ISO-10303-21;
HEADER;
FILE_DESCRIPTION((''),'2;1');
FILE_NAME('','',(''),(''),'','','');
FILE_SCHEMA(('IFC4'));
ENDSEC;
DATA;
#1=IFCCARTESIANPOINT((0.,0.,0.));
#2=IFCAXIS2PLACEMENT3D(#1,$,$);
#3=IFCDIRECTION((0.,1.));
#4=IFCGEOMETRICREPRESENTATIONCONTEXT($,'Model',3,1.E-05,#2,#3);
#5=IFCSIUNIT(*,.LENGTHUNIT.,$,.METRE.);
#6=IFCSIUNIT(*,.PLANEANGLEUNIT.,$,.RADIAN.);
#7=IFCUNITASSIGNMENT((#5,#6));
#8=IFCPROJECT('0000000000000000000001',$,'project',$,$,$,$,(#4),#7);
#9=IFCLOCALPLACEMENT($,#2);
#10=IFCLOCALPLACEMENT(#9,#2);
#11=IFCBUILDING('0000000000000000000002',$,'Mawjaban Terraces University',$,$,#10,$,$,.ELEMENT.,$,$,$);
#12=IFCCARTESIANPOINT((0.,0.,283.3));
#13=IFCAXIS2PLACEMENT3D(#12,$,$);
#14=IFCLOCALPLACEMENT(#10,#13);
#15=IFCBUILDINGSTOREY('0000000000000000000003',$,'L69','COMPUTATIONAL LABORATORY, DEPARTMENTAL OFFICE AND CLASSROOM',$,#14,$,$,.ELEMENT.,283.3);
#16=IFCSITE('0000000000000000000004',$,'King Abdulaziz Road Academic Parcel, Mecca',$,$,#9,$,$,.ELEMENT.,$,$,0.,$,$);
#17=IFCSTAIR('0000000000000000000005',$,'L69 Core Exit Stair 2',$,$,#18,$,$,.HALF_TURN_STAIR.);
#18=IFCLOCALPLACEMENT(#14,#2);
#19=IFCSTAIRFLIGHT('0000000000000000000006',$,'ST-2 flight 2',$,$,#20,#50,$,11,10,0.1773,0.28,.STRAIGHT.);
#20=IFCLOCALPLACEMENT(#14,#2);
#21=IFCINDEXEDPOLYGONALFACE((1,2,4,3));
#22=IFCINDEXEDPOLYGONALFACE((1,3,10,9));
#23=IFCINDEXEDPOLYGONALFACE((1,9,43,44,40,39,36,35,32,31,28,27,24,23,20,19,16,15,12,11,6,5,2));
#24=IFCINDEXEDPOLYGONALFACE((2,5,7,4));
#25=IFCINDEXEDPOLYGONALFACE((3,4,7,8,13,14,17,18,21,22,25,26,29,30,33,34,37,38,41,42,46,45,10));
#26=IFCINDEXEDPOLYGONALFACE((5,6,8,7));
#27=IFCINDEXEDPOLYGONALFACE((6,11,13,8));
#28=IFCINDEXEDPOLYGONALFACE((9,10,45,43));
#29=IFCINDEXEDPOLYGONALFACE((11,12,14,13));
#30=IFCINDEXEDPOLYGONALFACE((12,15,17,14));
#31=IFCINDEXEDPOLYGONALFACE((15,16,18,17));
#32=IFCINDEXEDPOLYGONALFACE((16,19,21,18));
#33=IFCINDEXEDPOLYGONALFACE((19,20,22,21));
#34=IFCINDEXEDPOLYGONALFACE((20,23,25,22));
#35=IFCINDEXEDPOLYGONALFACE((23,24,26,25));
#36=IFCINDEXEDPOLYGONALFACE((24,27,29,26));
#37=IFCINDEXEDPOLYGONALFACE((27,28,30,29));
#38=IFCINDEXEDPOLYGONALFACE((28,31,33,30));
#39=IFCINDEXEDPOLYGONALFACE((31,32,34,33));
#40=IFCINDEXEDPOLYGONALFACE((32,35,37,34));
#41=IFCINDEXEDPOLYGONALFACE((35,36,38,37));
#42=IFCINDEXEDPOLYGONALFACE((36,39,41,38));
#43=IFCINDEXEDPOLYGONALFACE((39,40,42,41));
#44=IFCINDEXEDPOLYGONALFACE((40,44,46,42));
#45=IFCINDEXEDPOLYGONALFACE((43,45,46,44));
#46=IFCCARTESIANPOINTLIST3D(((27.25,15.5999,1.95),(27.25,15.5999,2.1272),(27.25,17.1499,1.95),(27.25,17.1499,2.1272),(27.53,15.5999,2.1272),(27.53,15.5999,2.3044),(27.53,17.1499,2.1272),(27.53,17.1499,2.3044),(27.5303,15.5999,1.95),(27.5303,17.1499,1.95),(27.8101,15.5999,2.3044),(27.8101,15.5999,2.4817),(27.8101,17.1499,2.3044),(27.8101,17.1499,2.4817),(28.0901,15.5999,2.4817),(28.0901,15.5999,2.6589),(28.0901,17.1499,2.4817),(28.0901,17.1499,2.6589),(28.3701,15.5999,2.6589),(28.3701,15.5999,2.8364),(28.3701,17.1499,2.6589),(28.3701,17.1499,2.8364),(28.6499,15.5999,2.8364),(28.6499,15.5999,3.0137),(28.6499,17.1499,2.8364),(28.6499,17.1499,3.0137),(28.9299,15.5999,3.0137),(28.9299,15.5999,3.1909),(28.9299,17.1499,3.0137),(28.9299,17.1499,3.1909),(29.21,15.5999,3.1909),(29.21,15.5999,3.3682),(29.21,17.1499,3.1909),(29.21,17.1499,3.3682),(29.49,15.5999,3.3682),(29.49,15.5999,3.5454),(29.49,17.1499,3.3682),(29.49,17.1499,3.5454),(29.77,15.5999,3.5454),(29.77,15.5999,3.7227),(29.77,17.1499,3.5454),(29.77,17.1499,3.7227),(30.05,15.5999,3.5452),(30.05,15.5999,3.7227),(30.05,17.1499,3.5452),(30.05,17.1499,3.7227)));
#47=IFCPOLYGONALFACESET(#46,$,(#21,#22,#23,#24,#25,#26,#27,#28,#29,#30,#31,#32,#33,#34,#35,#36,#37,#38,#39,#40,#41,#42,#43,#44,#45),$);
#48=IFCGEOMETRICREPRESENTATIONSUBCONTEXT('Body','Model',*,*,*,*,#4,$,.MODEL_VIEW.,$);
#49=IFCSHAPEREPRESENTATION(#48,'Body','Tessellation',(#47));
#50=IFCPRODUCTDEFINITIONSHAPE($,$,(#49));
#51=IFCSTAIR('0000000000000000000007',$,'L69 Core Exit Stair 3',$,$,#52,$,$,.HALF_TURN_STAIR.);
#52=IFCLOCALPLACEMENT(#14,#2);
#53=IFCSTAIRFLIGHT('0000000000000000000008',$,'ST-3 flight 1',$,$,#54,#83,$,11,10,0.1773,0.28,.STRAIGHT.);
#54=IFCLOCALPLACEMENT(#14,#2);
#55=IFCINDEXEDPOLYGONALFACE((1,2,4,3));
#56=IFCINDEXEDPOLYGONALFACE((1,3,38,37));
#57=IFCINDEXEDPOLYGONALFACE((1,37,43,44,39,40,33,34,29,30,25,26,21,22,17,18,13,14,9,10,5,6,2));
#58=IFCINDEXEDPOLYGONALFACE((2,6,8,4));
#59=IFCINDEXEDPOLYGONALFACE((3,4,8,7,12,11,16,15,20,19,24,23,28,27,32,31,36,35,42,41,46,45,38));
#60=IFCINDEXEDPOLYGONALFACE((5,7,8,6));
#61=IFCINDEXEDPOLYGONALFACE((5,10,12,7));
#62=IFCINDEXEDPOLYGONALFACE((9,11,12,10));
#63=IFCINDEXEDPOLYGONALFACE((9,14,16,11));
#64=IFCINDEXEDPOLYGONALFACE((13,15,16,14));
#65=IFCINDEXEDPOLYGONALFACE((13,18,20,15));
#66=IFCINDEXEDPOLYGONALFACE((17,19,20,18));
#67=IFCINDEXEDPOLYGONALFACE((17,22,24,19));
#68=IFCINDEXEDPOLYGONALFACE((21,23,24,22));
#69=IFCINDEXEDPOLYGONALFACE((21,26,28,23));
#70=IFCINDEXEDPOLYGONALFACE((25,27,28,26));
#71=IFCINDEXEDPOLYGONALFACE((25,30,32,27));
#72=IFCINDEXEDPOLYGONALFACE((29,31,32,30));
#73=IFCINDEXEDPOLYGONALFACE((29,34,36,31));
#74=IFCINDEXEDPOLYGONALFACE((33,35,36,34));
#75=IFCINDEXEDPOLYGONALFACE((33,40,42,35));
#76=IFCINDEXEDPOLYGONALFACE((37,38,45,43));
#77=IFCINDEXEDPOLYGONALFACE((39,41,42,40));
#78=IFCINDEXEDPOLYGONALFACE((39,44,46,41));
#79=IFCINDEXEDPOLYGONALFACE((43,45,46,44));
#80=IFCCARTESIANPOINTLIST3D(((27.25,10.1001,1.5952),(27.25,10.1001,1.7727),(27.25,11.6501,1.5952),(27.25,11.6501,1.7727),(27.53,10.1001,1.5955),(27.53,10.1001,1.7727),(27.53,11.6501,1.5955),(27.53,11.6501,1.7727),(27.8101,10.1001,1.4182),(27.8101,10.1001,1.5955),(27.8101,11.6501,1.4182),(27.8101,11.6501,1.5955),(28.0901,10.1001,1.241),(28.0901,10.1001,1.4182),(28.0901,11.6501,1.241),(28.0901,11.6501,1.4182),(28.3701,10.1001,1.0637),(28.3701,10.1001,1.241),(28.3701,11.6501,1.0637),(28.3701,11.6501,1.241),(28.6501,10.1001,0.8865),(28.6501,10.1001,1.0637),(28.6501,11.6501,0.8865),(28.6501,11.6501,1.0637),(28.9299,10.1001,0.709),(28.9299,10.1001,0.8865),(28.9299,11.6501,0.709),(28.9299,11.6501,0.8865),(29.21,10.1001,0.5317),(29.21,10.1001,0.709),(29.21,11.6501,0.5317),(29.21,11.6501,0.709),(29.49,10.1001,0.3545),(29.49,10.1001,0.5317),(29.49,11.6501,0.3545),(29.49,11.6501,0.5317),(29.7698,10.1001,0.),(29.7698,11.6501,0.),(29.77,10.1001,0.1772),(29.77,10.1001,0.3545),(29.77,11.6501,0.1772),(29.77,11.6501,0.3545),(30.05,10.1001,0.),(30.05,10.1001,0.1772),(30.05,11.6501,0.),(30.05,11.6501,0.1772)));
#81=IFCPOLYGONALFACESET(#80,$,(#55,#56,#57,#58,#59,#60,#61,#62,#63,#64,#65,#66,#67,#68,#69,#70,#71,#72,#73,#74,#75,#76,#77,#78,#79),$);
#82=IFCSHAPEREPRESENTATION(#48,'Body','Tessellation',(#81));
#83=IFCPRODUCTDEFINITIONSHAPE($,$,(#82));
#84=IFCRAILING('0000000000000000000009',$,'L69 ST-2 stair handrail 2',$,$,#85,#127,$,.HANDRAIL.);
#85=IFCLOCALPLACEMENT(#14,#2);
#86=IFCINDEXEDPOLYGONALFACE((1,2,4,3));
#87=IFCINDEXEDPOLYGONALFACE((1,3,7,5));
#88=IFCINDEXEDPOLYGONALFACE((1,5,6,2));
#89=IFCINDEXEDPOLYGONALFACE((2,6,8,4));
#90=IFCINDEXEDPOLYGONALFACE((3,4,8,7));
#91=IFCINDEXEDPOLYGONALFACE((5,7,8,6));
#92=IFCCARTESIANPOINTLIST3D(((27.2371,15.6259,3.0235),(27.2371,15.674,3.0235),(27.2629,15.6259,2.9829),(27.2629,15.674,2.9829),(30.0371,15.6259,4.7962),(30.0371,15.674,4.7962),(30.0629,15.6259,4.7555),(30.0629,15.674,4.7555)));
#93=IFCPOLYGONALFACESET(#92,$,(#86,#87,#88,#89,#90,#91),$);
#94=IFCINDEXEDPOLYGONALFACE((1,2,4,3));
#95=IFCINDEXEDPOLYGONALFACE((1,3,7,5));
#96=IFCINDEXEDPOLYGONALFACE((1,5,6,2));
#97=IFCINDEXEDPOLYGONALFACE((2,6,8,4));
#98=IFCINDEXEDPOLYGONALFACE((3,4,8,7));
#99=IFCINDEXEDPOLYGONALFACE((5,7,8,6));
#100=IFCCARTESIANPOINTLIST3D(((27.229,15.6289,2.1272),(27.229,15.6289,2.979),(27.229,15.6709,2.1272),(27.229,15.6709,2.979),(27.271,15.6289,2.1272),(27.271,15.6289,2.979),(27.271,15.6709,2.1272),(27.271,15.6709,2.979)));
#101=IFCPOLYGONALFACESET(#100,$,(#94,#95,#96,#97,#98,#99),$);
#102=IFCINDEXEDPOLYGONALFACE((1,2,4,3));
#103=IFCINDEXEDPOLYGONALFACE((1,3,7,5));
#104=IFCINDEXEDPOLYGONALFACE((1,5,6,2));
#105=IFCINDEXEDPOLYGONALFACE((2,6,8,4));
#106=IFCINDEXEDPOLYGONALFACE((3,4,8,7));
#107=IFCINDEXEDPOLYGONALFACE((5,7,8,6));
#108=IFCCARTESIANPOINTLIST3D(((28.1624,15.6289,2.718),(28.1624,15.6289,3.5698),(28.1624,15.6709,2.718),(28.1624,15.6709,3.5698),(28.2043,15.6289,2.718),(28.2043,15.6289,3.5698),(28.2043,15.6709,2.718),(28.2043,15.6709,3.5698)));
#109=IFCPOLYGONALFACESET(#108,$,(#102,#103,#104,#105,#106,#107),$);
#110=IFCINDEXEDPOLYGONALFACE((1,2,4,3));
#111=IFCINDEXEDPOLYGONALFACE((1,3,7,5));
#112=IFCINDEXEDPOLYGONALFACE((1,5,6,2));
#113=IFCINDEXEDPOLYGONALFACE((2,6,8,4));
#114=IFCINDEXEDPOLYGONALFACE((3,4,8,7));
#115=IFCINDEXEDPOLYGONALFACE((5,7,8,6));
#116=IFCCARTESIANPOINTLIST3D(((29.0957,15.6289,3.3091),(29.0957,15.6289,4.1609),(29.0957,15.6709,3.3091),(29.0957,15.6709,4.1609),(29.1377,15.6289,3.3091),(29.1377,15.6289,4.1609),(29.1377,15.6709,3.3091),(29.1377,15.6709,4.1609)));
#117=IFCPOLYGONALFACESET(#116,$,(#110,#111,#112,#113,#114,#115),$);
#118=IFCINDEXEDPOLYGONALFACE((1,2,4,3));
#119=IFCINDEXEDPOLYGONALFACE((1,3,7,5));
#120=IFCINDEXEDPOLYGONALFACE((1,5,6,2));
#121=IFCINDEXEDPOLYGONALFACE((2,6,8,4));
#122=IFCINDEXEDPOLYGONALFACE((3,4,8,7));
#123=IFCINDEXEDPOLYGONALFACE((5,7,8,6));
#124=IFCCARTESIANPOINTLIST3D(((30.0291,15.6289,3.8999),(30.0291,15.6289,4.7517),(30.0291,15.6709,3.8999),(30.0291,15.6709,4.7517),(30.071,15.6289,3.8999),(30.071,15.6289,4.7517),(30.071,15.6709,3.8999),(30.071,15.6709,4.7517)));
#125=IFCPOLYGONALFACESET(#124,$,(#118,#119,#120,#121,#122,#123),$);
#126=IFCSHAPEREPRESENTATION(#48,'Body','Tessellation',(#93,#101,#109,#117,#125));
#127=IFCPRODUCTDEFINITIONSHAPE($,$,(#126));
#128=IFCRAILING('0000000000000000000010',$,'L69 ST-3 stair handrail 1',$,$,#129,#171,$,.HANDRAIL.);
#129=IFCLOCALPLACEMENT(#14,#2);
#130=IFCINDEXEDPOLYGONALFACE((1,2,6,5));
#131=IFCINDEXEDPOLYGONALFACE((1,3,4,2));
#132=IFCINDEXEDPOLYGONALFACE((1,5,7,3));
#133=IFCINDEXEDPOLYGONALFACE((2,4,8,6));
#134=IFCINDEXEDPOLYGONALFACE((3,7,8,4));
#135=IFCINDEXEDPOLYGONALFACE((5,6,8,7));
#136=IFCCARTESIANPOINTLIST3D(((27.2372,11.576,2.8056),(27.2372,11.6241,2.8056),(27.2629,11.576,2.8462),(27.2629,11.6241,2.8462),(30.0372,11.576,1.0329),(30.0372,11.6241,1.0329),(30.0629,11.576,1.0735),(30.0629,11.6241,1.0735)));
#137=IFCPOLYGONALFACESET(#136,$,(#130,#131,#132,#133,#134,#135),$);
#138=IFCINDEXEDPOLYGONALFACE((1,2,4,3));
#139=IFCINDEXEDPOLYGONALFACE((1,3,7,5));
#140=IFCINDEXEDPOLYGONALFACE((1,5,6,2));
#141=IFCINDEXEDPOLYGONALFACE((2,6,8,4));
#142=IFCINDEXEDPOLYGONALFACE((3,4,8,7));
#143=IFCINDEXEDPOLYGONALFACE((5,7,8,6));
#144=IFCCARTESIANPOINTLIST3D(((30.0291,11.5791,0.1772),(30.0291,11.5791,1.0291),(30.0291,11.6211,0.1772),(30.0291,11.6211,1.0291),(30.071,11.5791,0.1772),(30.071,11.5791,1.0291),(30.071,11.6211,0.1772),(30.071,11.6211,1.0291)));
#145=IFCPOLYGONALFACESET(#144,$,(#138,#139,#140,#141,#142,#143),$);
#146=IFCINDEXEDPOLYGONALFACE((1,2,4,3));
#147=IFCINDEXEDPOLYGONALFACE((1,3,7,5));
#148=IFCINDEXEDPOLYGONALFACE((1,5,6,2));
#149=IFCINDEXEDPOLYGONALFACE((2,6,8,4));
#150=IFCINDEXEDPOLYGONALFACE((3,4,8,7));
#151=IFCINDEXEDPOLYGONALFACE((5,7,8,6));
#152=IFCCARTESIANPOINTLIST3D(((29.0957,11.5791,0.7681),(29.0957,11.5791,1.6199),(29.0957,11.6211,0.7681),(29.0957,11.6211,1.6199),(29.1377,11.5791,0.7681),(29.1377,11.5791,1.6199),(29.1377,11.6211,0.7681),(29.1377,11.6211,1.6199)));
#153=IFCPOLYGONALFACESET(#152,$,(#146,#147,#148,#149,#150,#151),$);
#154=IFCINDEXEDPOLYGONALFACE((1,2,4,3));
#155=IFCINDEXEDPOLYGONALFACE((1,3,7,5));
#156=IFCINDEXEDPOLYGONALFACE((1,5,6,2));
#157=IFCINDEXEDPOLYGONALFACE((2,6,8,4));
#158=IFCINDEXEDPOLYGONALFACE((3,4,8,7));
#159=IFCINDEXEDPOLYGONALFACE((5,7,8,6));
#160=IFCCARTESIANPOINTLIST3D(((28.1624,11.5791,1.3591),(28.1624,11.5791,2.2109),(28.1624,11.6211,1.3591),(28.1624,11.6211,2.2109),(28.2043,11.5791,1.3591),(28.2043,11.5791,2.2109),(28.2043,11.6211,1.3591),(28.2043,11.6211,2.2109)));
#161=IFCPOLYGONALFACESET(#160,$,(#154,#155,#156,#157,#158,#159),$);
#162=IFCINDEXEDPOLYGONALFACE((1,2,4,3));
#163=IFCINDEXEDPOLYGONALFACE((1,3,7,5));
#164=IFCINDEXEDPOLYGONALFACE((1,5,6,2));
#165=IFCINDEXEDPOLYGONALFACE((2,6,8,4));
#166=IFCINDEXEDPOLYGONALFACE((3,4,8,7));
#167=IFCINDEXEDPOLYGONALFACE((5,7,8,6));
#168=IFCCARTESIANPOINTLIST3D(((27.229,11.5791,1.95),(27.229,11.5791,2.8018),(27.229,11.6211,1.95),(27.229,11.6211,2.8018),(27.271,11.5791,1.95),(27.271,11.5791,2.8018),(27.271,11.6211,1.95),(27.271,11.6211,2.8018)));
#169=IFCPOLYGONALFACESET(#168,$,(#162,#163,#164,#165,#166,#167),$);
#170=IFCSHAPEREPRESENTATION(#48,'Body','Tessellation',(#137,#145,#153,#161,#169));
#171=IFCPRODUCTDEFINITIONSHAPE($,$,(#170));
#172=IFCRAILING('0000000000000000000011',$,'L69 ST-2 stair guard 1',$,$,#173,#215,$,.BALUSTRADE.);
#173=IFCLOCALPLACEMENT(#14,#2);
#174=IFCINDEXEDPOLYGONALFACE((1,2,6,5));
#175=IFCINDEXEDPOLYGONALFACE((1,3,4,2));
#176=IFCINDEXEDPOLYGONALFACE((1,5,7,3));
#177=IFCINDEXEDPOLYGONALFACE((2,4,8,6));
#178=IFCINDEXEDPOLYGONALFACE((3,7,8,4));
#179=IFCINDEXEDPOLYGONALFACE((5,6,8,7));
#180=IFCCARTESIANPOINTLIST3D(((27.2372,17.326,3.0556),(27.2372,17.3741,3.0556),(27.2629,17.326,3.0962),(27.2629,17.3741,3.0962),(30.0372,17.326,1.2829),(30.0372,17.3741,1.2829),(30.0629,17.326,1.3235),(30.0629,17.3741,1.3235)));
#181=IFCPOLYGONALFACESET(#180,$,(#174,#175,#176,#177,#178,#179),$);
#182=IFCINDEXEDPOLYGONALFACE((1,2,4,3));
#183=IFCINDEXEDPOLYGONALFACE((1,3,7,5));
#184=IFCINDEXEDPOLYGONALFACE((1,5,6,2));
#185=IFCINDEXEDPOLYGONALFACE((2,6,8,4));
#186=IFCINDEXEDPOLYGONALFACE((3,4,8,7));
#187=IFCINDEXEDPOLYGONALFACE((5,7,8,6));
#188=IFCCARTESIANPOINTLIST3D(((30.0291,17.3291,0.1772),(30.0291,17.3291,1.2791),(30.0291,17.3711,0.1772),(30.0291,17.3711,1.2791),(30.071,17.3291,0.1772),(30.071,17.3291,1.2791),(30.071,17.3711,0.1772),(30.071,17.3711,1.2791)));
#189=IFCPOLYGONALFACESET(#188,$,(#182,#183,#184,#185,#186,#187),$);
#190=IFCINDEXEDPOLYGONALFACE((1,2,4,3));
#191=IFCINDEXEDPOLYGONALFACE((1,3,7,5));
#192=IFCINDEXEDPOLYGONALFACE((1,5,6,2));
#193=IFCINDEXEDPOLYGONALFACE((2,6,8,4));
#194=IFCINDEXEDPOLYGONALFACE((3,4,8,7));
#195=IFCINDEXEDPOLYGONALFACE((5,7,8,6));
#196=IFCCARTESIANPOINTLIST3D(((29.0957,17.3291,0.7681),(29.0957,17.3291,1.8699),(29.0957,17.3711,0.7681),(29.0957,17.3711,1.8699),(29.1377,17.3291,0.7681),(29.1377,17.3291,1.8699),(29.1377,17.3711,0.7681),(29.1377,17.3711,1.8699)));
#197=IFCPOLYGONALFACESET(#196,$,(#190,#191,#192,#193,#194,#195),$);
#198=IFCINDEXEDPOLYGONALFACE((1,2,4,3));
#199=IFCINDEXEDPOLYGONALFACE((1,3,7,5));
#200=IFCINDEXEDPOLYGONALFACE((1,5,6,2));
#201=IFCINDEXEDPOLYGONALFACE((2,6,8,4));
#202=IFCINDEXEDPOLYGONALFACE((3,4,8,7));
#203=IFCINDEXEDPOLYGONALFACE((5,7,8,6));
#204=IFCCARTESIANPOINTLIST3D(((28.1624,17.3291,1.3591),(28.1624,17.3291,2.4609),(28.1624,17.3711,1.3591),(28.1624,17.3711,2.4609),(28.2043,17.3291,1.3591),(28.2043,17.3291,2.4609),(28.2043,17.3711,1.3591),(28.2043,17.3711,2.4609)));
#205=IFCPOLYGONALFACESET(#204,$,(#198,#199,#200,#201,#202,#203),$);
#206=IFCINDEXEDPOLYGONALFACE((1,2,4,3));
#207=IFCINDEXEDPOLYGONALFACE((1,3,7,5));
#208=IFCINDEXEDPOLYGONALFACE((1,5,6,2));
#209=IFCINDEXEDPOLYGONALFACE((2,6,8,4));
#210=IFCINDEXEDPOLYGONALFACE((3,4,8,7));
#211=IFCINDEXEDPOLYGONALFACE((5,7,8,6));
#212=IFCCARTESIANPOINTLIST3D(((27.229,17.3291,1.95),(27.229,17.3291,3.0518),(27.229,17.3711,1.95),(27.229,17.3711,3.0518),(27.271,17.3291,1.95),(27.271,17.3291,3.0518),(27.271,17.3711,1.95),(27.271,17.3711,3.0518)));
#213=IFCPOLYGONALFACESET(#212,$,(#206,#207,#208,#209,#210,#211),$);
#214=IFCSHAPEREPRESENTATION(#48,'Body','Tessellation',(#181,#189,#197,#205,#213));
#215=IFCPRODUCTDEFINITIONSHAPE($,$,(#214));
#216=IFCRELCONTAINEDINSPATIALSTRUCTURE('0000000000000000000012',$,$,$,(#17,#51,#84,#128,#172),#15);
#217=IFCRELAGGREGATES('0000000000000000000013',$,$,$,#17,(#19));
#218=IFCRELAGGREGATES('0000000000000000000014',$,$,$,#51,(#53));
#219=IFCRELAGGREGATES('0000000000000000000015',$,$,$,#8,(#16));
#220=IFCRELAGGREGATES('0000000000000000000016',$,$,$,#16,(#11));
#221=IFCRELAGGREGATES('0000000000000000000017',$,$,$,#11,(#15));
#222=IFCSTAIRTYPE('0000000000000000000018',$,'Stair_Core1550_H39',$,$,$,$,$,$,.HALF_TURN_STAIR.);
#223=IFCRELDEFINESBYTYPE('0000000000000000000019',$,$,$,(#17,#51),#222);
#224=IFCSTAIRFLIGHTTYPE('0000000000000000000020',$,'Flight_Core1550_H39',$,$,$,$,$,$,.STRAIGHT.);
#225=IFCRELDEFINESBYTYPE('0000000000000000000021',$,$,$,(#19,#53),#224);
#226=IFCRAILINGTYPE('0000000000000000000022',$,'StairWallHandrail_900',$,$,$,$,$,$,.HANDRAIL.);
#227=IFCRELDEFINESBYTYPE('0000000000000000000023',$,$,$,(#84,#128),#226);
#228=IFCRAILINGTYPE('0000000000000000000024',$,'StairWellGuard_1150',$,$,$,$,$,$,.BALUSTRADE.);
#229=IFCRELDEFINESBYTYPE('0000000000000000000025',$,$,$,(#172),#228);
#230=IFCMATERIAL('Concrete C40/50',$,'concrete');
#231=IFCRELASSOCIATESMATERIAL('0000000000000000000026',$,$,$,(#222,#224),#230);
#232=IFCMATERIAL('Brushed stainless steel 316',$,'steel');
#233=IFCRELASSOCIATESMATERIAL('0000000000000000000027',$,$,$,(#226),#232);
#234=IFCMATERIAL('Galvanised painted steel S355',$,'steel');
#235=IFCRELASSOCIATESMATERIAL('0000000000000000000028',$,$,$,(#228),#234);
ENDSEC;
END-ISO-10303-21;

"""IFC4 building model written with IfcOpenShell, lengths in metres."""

from ifc_helpers import new_model, si_unit, direction, frame, origin, origin_2d, place, context, subcontext, project, spatial, polyline, rectangle, outline, extrude, material, type_object, element, aggregate, save


model = new_model("IFC4")

# Units and contexts
model_context = context("Model", 3, precision=1e-05, world=origin(), true_north=direction((0.0, 1.0)))
body_context = subcontext(model_context, "Body", "Model", "MODEL_VIEW")
ifc_project = project(units=[si_unit("LENGTHUNIT", "METRE"), si_unit("PLANEANGLEUNIT", "RADIAN")], contexts=[model_context])

# Site, building, storey
site_placement = place(None, origin())
site = spatial("IfcSite", under=ifc_project, at=site_placement, Name="King Abdulaziz Road Academic Parcel, Mecca", CompositionType="ELEMENT", RefElevation=0.0)
building_placement = place(site_placement, origin())
building = spatial("IfcBuilding", under=site, at=building_placement, Name="Mawjaban Terraces University", CompositionType="ELEMENT")
storey_placement = place(building_placement, frame((0.0, 0.0, 283.3)))
storey = spatial("IfcBuildingStorey", under=building, at=storey_placement, Name="L69", Description="COMPUTATIONAL LABORATORY, DEPARTMENTAL OFFICE AND CLASSROOM", CompositionType="ELEMENT", Elevation=283.3)

# Shared definitions
ifc_material_1 = material(Name="Concrete C40/50", Category="concrete")

# Stairs, stair flights
stair_type = type_object("IfcStairType", Name="Stair_Core1550_H39", PredefinedType="HALF_TURN_STAIR", material=ifc_material_1)
stair_1_placement = place(storey_placement, origin())
stair_1 = element("IfcStair", 1, at=stair_1_placement, inside=storey, type_object=stair_type, Name="L69 Core Exit Stair 2", PredefinedType="HALF_TURN_STAIR")
stair_flight_type = type_object("IfcStairFlightType", Name="Flight_Core1550_H39", PredefinedType="STRAIGHT", material=ifc_material_1)
stair_flight_1_placement = place(storey_placement, frame((27.25, 16.375, 1.95), z_axis=(0.0, 0.0, 1.0), x_axis=(1.0, 0.0, 0.0)))
stair_flight_1 = element("IfcStairFlight", 2, at=stair_flight_1_placement, type_object=stair_flight_type, Name="ST-2 flight 2", NumberOfRisers=11, NumberOfTreads=10, PredefinedType="STRAIGHT", RiserHeight=0.1773, TreadLength=0.28, context=body_context, shape_type="SweptSolid", body=[
    extrude(outline(polyline([(0.0, 0.0), (0.0, 0.1772), (0.28, 0.1772), (0.28, 0.3545), (0.5601, 0.3545), (0.5601, 0.5317), (0.8401, 0.5317), (0.8401, 0.709), (1.1201, 0.709), (1.1201, 0.8865), (1.3999, 0.8865), (1.3999, 1.0637), (1.6799, 1.0637), (1.6799, 1.241), (1.96, 1.241), (1.96, 1.4182), (2.24, 1.4182), (2.24, 1.5955), (2.52, 1.5955), (2.52, 1.7727), (2.8, 1.7727), (2.8, 1.95), (2.8, 1.5952), (0.2803, 0.0), (0.0, 0.0)])), frame((0.0, 0.7749, 0.0), z_axis=(0.0, -1.0, 0.0), x_axis=(1.0, 0.0, 0.0)), (0.0, 0.0, 1.0), 1.55),
])
aggregate(stair_1, [stair_flight_1])
stair_2_placement = place(storey_placement, origin())
stair_2 = element("IfcStair", 3, at=stair_2_placement, inside=storey, type_object=stair_type, Name="L69 Core Exit Stair 3", PredefinedType="HALF_TURN_STAIR")
stair_flight_2_placement = place(storey_placement, frame((30.05, 10.875, 0.0), z_axis=(0.0, 0.0, 1.0), x_axis=(-1.0, 0.0, 0.0)))
stair_flight_2 = element("IfcStairFlight", 4, at=stair_flight_2_placement, type_object=stair_flight_type, Name="ST-3 flight 1", NumberOfRisers=11, NumberOfTreads=10, PredefinedType="STRAIGHT", RiserHeight=0.1773, TreadLength=0.28, context=body_context, shape_type="SweptSolid", body=[
    extrude(outline(polyline([(0.0, 0.0), (0.0, 0.1772), (0.28, 0.1772), (0.28, 0.3545), (0.5601, 0.3545), (0.5601, 0.5317), (0.8401, 0.5317), (0.8401, 0.709), (1.1201, 0.709), (1.1201, 0.8865), (1.3999, 0.8865), (1.3999, 1.0637), (1.6799, 1.0637), (1.6799, 1.241), (1.96, 1.241), (1.96, 1.4182), (2.24, 1.4182), (2.24, 1.5955), (2.52, 1.5955), (2.52, 1.7727), (2.8, 1.7727), (2.8, 1.95), (2.8, 1.5952), (0.2803, 0.0), (0.0, 0.0)])), frame((0.0, 0.7749, 0.0), z_axis=(0.0, -1.0, 0.0), x_axis=(1.0, 0.0, 0.0)), (0.0, 0.0, 1.0), 1.55),
])
aggregate(stair_2, [stair_flight_2])

# Railings
ifc_material_2 = material(Name="Brushed stainless steel 316", Category="steel")
railing_type_1 = type_object("IfcRailingType", Name="StairWallHandrail_900", PredefinedType="HANDRAIL", material=ifc_material_2)
railing_1_placement = place(storey_placement, frame((27.25, 15.6499, 2.1272)))
element("IfcRailing", 5, at=railing_1_placement, inside=storey, type_object=railing_type_1, Name="L69 ST-2 stair handrail 2", PredefinedType="HANDRAIL", context=body_context, shape_type="SweptSolid", body=[
    extrude(rectangle(XDim=0.0481, YDim=0.0481, at=origin_2d()), frame((0.0, 0.0, 0.876), z_axis=(0.844909, 0.0, 0.53491), x_axis=(0.0, 1.0, 0.0)), (0.0, 0.0, 1.0), 3.314),
    extrude(rectangle(XDim=0.042, YDim=0.042, at=origin_2d()), origin(), (0.0, 0.0, 1.0), 0.8518),
    extrude(rectangle(XDim=0.042, YDim=0.042, at=origin_2d()), frame((0.9333, 0.0, 0.5908)), (0.0, 0.0, 1.0), 0.8518),
    extrude(rectangle(XDim=0.042, YDim=0.042, at=origin_2d()), frame((1.8667, 0.0, 1.1819)), (0.0, 0.0, 1.0), 0.8518),
    extrude(rectangle(XDim=0.042, YDim=0.042, at=origin_2d()), frame((2.8, 0.0, 1.7727)), (0.0, 0.0, 1.0), 0.8518),
])
railing_2_placement = place(storey_placement, frame((30.05, 11.6001, 0.1772)))
element("IfcRailing", 6, at=railing_2_placement, inside=storey, type_object=railing_type_1, Name="L69 ST-3 stair handrail 1", PredefinedType="HANDRAIL", context=body_context, shape_type="SweptSolid", body=[
    extrude(rectangle(XDim=0.0481, YDim=0.0481, at=origin_2d()), frame((0.0, 0.0, 0.876), z_axis=(-0.844909, 0.0, 0.53491), x_axis=(0.0, -1.0, 0.0)), (0.0, 0.0, 1.0), 3.314),
    extrude(rectangle(XDim=0.042, YDim=0.042, at=origin_2d()), origin(), (0.0, 0.0, 1.0), 0.8518),
    extrude(rectangle(XDim=0.042, YDim=0.042, at=origin_2d()), frame((-0.9333, 0.0, 0.5908)), (0.0, 0.0, 1.0), 0.8518),
    extrude(rectangle(XDim=0.042, YDim=0.042, at=origin_2d()), frame((-1.8667, 0.0, 1.1819)), (0.0, 0.0, 1.0), 0.8518),
    extrude(rectangle(XDim=0.042, YDim=0.042, at=origin_2d()), frame((-2.8, 0.0, 1.7727)), (0.0, 0.0, 1.0), 0.8518),
])
ifc_material_3 = material(Name="Galvanised painted steel S355", Category="steel")
railing_type_2 = type_object("IfcRailingType", Name="StairWellGuard_1150", PredefinedType="BALUSTRADE", material=ifc_material_3)
railing_3_placement = place(storey_placement, frame((30.05, 17.3501, 0.1772)))
element("IfcRailing", 7, at=railing_3_placement, inside=storey, type_object=railing_type_2, Name="L69 ST-2 stair guard 1", PredefinedType="BALUSTRADE", context=body_context, shape_type="SweptSolid", body=[
    extrude(rectangle(XDim=0.0481, YDim=0.0481, at=origin_2d()), frame((0.0, 0.0, 1.126), z_axis=(-0.844909, 0.0, 0.53491), x_axis=(0.0, -1.0, 0.0)), (0.0, 0.0, 1.0), 3.314),
    extrude(rectangle(XDim=0.042, YDim=0.042, at=origin_2d()), origin(), (0.0, 0.0, 1.0), 1.1018),
    extrude(rectangle(XDim=0.042, YDim=0.042, at=origin_2d()), frame((-0.9333, 0.0, 0.5908)), (0.0, 0.0, 1.0), 1.1018),
    extrude(rectangle(XDim=0.042, YDim=0.042, at=origin_2d()), frame((-1.8667, 0.0, 1.1819)), (0.0, 0.0, 1.0), 1.1018),
    extrude(rectangle(XDim=0.042, YDim=0.042, at=origin_2d()), frame((-2.8, 0.0, 1.7727)), (0.0, 0.0, 1.0), 1.1018),
])

save(model, "model.ifc")
